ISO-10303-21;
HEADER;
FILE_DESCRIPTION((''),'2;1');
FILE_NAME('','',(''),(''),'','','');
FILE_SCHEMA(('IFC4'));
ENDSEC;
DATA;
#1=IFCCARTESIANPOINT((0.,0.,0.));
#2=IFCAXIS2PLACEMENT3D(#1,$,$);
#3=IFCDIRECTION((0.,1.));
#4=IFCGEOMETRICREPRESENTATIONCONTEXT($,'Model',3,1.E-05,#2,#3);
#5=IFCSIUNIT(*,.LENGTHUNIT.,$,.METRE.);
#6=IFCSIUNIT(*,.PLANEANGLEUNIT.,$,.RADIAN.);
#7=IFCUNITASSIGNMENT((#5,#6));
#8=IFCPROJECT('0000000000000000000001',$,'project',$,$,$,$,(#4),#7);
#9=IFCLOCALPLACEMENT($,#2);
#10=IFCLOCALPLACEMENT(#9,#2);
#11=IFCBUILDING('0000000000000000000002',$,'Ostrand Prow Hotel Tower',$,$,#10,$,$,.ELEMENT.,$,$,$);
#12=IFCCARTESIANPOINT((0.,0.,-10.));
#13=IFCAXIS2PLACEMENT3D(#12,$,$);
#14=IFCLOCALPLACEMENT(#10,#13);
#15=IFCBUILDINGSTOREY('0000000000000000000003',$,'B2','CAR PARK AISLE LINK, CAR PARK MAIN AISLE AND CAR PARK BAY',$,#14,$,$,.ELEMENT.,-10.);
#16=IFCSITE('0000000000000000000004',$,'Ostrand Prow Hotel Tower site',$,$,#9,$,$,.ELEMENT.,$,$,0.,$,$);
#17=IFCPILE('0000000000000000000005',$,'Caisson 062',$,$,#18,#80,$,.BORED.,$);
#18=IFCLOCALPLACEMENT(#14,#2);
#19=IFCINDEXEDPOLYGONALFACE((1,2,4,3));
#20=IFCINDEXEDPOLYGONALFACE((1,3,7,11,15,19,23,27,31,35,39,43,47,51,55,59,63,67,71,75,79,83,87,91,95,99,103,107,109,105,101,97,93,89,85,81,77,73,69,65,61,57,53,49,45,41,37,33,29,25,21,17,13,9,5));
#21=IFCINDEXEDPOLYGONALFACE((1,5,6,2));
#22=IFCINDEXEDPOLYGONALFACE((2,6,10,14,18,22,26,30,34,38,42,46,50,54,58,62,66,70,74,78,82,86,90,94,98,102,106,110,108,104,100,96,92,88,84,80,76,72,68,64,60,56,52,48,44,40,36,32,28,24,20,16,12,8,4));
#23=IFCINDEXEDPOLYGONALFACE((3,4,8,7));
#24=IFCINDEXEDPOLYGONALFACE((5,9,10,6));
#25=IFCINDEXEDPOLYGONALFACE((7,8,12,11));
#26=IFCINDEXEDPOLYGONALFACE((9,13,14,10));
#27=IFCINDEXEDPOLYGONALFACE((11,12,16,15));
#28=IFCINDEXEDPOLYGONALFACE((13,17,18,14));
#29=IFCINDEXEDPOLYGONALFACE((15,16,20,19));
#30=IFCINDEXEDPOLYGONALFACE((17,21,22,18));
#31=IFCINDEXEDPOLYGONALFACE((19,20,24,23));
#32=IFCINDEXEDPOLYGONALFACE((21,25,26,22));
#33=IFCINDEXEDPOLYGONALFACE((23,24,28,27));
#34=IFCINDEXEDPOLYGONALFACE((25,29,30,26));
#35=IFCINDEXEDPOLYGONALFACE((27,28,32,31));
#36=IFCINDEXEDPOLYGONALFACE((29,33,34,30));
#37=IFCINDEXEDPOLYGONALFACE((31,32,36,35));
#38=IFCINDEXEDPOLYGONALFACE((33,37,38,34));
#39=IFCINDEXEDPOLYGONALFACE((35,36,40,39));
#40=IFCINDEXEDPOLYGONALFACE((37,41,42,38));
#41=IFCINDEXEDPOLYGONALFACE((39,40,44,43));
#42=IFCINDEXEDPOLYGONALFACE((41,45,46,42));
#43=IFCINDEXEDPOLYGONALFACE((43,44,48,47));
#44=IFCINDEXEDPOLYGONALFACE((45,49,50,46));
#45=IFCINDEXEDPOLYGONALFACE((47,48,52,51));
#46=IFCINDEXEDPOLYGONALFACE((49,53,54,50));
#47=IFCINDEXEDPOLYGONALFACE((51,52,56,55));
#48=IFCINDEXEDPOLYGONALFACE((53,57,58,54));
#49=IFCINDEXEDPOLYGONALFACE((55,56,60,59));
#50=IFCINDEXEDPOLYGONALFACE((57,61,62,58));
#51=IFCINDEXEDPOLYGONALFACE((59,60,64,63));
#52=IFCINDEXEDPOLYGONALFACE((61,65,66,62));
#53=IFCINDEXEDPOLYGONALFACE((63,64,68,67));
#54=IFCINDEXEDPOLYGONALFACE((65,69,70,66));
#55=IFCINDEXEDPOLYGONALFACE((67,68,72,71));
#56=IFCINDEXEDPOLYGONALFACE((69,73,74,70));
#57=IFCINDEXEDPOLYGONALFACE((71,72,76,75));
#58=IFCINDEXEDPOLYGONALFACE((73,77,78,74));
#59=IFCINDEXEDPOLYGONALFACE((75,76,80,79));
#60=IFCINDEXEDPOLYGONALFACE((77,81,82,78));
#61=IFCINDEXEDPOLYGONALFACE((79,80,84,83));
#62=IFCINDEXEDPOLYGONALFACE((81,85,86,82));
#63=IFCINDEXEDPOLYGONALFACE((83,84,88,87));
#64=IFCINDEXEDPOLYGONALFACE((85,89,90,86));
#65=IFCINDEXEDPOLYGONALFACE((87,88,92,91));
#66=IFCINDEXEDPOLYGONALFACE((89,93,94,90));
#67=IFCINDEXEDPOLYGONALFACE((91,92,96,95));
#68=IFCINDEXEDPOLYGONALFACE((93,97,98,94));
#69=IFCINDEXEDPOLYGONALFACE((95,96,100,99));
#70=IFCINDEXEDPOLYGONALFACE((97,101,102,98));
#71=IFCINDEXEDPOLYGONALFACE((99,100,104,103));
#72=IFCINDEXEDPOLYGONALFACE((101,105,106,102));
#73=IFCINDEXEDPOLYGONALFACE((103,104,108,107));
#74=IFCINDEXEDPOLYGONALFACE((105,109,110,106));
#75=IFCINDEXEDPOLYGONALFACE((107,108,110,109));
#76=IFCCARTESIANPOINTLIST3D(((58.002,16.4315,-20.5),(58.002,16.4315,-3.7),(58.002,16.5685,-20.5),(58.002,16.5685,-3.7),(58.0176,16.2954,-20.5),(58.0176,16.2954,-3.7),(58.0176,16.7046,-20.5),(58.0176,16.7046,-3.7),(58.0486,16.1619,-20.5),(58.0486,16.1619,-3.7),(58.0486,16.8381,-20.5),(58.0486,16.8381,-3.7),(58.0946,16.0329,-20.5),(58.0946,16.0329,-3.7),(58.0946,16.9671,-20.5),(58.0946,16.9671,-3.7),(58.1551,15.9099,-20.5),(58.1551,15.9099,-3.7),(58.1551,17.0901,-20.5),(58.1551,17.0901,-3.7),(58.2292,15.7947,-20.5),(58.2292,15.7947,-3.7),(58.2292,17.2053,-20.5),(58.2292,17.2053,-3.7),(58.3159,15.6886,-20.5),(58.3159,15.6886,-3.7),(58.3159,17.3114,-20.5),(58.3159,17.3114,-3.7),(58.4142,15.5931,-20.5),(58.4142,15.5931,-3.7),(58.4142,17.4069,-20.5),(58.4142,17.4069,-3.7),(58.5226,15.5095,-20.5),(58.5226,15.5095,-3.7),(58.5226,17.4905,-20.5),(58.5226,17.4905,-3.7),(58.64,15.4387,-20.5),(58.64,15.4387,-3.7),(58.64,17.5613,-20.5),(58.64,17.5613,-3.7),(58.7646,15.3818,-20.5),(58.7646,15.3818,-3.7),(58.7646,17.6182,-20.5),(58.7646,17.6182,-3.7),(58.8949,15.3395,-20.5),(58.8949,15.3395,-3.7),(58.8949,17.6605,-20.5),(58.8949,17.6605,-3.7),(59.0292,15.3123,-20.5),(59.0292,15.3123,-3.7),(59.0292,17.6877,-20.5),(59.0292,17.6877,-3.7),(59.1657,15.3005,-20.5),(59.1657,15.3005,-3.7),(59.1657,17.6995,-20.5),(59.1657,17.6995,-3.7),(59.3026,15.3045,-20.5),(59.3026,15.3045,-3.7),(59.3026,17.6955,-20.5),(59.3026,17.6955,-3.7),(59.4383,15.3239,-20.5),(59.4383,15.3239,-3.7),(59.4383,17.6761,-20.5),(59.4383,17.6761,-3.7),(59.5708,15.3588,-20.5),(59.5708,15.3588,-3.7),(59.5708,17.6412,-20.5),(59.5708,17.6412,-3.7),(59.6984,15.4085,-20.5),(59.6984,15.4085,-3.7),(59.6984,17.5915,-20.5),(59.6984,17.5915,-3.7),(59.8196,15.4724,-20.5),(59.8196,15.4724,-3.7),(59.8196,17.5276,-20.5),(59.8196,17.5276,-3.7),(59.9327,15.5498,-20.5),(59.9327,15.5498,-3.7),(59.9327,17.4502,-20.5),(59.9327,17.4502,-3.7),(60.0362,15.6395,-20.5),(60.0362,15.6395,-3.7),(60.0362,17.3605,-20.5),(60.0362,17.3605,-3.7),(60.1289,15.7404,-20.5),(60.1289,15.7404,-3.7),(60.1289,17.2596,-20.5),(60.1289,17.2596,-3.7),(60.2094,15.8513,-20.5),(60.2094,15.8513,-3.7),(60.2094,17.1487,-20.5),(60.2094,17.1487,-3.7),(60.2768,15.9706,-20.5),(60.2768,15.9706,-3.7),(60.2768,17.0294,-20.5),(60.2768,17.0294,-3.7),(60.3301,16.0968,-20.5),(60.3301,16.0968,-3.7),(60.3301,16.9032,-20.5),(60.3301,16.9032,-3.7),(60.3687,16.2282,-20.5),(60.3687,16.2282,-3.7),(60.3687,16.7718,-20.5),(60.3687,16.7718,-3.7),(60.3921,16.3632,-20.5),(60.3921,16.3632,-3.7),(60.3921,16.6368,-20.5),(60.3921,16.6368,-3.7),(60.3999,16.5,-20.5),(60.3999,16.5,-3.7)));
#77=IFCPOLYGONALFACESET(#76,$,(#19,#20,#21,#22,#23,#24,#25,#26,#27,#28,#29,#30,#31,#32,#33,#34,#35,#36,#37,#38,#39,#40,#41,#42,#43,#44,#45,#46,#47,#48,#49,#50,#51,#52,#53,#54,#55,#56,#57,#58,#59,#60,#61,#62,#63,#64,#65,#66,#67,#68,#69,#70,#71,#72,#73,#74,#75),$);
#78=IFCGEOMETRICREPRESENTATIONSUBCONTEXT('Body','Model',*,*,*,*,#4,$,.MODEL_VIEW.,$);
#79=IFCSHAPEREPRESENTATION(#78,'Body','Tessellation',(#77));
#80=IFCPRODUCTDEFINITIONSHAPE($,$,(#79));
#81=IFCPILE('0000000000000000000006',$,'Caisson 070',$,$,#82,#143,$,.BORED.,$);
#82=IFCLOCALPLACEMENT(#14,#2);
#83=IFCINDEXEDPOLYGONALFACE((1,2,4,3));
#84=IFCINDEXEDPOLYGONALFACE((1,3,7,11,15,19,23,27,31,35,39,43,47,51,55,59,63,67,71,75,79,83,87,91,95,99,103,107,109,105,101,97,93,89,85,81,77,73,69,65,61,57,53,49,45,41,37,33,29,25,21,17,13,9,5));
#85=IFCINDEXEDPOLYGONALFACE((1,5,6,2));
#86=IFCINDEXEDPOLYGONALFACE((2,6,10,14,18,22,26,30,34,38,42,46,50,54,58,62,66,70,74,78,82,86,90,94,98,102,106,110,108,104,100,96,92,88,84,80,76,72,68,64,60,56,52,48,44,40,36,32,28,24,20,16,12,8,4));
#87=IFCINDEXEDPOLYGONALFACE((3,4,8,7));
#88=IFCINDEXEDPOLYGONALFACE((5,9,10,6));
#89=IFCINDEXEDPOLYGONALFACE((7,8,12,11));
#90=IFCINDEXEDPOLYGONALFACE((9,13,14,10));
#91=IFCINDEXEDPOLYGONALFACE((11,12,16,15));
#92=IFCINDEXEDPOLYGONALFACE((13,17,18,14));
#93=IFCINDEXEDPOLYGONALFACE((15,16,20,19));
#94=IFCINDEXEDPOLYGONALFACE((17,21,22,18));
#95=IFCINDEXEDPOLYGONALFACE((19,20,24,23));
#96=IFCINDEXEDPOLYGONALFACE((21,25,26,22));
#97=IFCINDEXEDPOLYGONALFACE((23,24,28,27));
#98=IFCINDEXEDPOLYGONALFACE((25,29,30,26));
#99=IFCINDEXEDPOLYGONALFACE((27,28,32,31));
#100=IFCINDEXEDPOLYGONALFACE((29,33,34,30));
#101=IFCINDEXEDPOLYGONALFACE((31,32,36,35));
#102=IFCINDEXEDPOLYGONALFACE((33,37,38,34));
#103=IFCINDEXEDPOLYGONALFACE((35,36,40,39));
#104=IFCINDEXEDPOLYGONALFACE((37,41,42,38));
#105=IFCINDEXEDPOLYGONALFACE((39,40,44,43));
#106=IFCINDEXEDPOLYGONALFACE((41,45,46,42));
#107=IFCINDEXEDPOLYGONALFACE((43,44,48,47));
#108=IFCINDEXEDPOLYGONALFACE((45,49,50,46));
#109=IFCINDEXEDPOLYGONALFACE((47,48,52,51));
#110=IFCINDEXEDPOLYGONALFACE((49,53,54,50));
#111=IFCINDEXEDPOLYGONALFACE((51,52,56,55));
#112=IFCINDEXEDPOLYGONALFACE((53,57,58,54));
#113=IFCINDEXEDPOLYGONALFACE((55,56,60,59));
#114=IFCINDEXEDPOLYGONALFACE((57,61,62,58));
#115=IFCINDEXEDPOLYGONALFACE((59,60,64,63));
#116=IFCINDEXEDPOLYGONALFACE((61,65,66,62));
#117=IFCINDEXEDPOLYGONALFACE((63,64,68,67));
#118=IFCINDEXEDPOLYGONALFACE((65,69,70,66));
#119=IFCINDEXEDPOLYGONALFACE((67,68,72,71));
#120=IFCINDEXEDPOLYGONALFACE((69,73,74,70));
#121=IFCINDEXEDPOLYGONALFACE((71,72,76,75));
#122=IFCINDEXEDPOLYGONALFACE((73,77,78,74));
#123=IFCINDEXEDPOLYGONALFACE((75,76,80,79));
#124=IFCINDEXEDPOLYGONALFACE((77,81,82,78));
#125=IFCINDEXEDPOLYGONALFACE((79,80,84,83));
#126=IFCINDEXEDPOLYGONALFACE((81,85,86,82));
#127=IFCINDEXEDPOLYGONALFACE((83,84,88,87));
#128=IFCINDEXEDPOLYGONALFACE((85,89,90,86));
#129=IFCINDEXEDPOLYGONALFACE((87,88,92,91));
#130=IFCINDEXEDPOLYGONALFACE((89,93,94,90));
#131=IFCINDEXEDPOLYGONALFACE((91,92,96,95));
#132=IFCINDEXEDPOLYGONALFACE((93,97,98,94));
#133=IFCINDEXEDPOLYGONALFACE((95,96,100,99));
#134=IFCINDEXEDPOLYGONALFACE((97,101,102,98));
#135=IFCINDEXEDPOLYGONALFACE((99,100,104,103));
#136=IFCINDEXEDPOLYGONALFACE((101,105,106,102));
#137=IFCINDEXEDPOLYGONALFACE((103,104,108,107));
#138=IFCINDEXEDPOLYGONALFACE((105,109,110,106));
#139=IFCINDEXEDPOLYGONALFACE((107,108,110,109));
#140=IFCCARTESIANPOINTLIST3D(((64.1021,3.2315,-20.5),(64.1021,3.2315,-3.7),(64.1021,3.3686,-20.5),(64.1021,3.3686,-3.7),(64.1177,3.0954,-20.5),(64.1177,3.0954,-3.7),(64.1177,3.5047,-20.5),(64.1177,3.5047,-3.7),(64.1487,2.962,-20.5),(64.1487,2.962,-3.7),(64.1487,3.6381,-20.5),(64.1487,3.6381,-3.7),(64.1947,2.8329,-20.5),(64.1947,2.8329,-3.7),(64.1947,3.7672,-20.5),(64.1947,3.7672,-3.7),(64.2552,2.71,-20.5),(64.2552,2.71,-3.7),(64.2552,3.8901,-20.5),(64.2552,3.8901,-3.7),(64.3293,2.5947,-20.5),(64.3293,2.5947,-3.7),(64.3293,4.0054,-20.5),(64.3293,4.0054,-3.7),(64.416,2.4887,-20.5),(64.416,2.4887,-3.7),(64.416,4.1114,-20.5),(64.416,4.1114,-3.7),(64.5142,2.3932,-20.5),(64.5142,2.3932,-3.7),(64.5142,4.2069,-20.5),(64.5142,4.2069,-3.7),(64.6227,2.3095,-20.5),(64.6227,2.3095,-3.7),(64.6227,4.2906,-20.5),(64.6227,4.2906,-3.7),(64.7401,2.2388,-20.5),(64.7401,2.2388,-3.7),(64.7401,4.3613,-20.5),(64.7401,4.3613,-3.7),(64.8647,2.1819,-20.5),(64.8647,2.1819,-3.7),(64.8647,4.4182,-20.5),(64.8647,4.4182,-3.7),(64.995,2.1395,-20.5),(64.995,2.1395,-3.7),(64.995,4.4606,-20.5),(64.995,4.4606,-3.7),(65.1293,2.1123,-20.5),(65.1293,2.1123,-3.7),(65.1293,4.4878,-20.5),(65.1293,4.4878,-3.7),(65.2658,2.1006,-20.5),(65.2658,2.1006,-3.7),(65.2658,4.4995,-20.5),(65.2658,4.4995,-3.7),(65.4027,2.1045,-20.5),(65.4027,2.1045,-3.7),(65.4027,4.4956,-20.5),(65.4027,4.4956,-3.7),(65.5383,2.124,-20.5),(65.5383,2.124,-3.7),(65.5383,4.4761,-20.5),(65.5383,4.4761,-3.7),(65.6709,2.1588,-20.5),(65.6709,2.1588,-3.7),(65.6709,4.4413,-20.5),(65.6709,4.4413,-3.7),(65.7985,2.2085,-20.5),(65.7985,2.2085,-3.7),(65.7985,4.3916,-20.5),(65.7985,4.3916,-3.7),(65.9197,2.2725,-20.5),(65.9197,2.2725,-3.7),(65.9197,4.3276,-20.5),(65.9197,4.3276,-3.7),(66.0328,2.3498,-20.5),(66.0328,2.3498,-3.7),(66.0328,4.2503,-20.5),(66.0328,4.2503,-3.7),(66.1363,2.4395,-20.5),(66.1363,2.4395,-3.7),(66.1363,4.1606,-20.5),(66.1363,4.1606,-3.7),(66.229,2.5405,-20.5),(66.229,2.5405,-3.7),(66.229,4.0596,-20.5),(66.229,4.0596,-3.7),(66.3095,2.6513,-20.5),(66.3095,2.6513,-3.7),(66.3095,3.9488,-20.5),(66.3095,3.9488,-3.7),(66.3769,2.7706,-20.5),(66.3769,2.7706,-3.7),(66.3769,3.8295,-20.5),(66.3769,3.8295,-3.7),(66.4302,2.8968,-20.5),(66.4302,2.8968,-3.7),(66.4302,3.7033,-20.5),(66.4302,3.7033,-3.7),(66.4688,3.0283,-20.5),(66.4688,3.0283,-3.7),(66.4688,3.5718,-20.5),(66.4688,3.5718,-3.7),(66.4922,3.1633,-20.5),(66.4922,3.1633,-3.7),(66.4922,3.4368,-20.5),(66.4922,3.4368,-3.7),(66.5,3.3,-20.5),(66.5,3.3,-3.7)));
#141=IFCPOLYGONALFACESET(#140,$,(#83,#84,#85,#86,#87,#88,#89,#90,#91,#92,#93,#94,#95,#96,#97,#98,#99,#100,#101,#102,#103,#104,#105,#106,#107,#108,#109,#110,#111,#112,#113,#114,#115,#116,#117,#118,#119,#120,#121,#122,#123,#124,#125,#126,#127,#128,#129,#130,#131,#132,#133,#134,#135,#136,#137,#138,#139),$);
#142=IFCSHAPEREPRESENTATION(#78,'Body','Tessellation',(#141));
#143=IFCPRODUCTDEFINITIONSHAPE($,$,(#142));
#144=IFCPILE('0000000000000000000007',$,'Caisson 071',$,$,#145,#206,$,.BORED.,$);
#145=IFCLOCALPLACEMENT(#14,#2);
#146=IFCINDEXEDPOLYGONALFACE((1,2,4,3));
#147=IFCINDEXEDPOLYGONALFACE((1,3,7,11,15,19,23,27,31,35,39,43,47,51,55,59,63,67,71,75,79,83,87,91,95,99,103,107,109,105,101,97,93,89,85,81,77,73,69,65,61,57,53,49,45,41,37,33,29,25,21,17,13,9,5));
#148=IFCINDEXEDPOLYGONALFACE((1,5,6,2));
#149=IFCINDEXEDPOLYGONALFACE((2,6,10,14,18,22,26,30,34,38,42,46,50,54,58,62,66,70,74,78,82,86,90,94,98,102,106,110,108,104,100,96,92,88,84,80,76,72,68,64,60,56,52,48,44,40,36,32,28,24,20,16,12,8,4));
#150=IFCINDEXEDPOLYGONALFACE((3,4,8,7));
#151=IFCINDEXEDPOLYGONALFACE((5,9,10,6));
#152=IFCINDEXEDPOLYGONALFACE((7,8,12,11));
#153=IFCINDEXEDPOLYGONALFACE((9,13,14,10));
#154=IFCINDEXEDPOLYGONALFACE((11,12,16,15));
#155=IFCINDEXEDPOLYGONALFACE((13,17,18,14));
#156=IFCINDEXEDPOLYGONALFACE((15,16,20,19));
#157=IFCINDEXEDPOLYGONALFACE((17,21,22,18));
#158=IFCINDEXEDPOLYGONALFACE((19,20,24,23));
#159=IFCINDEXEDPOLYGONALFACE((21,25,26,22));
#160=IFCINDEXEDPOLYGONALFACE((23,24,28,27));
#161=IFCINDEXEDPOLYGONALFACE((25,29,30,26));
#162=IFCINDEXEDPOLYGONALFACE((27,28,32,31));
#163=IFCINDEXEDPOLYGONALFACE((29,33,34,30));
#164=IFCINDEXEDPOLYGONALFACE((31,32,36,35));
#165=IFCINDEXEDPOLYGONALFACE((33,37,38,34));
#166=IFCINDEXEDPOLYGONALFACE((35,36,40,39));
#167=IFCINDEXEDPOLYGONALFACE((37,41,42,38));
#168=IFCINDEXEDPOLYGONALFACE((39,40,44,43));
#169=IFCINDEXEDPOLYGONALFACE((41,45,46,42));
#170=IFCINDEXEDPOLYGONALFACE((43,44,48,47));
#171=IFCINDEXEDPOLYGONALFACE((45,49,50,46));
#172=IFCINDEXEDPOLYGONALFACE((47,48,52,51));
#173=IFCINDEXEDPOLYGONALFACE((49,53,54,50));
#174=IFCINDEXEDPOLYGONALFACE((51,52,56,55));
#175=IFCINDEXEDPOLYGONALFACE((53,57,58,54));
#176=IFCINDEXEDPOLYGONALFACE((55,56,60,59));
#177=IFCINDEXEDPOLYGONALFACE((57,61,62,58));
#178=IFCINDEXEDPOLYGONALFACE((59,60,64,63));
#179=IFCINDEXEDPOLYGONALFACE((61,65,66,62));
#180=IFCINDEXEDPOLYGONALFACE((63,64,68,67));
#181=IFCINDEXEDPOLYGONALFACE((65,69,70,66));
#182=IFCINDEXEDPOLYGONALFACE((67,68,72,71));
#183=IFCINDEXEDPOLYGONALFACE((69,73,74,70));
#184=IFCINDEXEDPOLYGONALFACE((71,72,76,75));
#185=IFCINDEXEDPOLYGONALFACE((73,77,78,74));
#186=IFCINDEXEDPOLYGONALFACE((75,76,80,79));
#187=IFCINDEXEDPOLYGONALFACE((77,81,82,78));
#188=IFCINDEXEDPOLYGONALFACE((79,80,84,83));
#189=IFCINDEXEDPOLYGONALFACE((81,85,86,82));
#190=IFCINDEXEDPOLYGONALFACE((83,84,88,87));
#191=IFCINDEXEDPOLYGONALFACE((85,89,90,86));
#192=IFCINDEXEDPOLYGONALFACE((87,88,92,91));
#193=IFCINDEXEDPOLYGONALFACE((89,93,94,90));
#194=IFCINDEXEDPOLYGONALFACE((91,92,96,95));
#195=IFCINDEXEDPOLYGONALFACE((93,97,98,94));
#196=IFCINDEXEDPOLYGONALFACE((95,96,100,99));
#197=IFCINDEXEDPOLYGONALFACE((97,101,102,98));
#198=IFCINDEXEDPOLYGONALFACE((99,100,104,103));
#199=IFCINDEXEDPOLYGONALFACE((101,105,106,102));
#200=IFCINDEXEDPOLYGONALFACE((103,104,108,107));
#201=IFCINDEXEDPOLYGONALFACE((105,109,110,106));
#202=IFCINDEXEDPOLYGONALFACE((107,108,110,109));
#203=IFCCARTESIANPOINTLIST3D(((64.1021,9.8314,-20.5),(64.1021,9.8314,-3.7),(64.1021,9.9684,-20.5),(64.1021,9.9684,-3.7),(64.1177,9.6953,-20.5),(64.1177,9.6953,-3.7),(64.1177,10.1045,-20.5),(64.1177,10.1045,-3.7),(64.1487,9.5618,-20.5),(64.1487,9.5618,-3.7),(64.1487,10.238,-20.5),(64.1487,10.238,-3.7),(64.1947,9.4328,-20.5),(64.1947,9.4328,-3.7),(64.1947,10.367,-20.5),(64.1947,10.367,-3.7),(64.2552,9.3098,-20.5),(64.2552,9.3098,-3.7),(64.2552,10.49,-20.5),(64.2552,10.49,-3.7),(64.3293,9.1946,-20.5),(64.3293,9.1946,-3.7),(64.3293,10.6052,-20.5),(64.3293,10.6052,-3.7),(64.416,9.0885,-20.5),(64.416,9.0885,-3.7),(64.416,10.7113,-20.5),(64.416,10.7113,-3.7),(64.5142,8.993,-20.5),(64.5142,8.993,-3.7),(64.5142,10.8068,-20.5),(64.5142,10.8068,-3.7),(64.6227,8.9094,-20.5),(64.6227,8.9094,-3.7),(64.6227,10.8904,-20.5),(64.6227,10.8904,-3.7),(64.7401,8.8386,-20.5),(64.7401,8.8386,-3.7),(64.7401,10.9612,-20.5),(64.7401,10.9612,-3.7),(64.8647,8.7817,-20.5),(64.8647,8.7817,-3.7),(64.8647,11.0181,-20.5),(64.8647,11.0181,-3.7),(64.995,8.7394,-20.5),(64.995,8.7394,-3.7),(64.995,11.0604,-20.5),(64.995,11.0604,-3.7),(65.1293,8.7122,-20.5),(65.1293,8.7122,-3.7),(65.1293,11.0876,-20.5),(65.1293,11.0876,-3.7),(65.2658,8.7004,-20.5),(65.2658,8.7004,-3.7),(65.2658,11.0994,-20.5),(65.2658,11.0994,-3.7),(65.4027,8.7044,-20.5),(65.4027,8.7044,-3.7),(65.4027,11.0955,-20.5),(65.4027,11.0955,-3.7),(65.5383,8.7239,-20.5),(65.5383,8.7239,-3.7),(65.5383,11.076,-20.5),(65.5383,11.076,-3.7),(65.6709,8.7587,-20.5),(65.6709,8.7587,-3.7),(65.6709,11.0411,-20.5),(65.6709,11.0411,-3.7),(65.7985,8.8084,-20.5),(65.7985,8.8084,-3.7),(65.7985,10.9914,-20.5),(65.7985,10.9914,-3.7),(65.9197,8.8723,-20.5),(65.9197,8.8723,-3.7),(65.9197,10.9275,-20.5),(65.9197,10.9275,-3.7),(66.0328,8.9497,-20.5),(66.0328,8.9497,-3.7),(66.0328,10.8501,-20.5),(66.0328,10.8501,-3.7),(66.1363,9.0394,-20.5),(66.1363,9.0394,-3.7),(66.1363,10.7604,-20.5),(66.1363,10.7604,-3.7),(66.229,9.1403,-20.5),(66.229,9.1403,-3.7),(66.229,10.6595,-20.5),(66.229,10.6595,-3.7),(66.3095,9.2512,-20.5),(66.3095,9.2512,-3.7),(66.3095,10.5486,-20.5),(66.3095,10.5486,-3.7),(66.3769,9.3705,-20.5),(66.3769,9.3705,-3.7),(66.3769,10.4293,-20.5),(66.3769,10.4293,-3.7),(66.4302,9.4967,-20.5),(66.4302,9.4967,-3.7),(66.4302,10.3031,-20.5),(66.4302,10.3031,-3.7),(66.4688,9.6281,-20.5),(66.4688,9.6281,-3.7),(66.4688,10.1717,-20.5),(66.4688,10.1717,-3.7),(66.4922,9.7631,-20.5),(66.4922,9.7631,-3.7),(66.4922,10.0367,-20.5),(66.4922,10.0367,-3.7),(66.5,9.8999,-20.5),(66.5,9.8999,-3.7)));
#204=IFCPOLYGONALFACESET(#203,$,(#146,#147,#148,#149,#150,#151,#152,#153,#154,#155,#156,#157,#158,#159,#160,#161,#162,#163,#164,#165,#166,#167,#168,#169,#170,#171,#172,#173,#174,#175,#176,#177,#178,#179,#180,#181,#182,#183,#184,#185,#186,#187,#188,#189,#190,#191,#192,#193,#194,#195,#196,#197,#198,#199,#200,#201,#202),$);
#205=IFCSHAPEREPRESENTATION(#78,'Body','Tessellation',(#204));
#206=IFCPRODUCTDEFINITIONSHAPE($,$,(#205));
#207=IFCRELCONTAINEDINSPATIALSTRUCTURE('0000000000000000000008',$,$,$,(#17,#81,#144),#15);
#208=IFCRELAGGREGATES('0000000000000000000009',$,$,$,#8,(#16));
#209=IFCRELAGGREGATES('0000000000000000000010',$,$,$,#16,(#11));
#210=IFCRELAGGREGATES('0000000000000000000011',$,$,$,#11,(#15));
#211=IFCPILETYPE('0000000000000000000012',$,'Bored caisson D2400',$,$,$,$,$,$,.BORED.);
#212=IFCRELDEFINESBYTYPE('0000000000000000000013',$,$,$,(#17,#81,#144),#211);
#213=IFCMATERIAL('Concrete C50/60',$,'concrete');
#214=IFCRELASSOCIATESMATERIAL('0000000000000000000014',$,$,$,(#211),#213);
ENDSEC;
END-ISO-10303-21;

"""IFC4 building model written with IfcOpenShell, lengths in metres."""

from ifc_helpers import new_model, si_unit, direction, frame, origin, origin_2d, place, context, subcontext, project, spatial, circle, extrude, material, type_object, element, save


model = new_model("IFC4")

# Units and contexts
model_context = context("Model", 3, precision=1e-05, world=origin(), true_north=direction((0.0, 1.0)))
body_context = subcontext(model_context, "Body", "Model", "MODEL_VIEW")
ifc_project = project(units=[si_unit("LENGTHUNIT", "METRE"), si_unit("PLANEANGLEUNIT", "RADIAN")], contexts=[model_context])

# Site, building, storey
site_placement = place(None, origin())
site = spatial("IfcSite", under=ifc_project, at=site_placement, Name="Ostrand Prow Hotel Tower site", CompositionType="ELEMENT", RefElevation=0.0)
building_placement = place(site_placement, origin())
building = spatial("IfcBuilding", under=site, at=building_placement, Name="Ostrand Prow Hotel Tower", CompositionType="ELEMENT")
storey_placement = place(building_placement, frame((0.0, 0.0, -10.0)))
storey = spatial("IfcBuildingStorey", under=building, at=storey_placement, Name="B2", Description="CAR PARK AISLE LINK, CAR PARK MAIN AISLE AND CAR PARK BAY", CompositionType="ELEMENT", Elevation=-10.0)

# Piles
ifc_material_1 = material(Name="Concrete C50/60", Category="concrete")
pile_type_1 = type_object("IfcPileType", Name="Bored caisson D2400", PredefinedType="BORED", material=ifc_material_1)
for number, where, z_axis, x_axis, name in (
    (1, (59.2, 16.5, -3.7), (0.0, 0.0, -1.0), (1.0, 0.0, 0.0), "Caisson 062"),
    (2, (65.3, 3.3, -3.7), (0.0, 0.0, -1.0), (1.0, 0.0, 0.0), "Caisson 070"),
    (3, (65.3, 9.8999, -3.7), (0.0, 0.0, -1.0), (1.0, 0.0, 0.0), "Caisson 071"),
):
    element("IfcPile", number, at=place(storey_placement, frame(where, z_axis=z_axis, x_axis=x_axis)), inside=storey, type_object=pile_type_1, Name=name, PredefinedType="BORED", context=body_context, shape_type="SweptSolid", body=[
        extrude(circle(Radius=1.2, at=origin_2d()), origin(), (0.0, 0.0, 1.0), 16.8),
    ])

save(model, "model.ifc")
